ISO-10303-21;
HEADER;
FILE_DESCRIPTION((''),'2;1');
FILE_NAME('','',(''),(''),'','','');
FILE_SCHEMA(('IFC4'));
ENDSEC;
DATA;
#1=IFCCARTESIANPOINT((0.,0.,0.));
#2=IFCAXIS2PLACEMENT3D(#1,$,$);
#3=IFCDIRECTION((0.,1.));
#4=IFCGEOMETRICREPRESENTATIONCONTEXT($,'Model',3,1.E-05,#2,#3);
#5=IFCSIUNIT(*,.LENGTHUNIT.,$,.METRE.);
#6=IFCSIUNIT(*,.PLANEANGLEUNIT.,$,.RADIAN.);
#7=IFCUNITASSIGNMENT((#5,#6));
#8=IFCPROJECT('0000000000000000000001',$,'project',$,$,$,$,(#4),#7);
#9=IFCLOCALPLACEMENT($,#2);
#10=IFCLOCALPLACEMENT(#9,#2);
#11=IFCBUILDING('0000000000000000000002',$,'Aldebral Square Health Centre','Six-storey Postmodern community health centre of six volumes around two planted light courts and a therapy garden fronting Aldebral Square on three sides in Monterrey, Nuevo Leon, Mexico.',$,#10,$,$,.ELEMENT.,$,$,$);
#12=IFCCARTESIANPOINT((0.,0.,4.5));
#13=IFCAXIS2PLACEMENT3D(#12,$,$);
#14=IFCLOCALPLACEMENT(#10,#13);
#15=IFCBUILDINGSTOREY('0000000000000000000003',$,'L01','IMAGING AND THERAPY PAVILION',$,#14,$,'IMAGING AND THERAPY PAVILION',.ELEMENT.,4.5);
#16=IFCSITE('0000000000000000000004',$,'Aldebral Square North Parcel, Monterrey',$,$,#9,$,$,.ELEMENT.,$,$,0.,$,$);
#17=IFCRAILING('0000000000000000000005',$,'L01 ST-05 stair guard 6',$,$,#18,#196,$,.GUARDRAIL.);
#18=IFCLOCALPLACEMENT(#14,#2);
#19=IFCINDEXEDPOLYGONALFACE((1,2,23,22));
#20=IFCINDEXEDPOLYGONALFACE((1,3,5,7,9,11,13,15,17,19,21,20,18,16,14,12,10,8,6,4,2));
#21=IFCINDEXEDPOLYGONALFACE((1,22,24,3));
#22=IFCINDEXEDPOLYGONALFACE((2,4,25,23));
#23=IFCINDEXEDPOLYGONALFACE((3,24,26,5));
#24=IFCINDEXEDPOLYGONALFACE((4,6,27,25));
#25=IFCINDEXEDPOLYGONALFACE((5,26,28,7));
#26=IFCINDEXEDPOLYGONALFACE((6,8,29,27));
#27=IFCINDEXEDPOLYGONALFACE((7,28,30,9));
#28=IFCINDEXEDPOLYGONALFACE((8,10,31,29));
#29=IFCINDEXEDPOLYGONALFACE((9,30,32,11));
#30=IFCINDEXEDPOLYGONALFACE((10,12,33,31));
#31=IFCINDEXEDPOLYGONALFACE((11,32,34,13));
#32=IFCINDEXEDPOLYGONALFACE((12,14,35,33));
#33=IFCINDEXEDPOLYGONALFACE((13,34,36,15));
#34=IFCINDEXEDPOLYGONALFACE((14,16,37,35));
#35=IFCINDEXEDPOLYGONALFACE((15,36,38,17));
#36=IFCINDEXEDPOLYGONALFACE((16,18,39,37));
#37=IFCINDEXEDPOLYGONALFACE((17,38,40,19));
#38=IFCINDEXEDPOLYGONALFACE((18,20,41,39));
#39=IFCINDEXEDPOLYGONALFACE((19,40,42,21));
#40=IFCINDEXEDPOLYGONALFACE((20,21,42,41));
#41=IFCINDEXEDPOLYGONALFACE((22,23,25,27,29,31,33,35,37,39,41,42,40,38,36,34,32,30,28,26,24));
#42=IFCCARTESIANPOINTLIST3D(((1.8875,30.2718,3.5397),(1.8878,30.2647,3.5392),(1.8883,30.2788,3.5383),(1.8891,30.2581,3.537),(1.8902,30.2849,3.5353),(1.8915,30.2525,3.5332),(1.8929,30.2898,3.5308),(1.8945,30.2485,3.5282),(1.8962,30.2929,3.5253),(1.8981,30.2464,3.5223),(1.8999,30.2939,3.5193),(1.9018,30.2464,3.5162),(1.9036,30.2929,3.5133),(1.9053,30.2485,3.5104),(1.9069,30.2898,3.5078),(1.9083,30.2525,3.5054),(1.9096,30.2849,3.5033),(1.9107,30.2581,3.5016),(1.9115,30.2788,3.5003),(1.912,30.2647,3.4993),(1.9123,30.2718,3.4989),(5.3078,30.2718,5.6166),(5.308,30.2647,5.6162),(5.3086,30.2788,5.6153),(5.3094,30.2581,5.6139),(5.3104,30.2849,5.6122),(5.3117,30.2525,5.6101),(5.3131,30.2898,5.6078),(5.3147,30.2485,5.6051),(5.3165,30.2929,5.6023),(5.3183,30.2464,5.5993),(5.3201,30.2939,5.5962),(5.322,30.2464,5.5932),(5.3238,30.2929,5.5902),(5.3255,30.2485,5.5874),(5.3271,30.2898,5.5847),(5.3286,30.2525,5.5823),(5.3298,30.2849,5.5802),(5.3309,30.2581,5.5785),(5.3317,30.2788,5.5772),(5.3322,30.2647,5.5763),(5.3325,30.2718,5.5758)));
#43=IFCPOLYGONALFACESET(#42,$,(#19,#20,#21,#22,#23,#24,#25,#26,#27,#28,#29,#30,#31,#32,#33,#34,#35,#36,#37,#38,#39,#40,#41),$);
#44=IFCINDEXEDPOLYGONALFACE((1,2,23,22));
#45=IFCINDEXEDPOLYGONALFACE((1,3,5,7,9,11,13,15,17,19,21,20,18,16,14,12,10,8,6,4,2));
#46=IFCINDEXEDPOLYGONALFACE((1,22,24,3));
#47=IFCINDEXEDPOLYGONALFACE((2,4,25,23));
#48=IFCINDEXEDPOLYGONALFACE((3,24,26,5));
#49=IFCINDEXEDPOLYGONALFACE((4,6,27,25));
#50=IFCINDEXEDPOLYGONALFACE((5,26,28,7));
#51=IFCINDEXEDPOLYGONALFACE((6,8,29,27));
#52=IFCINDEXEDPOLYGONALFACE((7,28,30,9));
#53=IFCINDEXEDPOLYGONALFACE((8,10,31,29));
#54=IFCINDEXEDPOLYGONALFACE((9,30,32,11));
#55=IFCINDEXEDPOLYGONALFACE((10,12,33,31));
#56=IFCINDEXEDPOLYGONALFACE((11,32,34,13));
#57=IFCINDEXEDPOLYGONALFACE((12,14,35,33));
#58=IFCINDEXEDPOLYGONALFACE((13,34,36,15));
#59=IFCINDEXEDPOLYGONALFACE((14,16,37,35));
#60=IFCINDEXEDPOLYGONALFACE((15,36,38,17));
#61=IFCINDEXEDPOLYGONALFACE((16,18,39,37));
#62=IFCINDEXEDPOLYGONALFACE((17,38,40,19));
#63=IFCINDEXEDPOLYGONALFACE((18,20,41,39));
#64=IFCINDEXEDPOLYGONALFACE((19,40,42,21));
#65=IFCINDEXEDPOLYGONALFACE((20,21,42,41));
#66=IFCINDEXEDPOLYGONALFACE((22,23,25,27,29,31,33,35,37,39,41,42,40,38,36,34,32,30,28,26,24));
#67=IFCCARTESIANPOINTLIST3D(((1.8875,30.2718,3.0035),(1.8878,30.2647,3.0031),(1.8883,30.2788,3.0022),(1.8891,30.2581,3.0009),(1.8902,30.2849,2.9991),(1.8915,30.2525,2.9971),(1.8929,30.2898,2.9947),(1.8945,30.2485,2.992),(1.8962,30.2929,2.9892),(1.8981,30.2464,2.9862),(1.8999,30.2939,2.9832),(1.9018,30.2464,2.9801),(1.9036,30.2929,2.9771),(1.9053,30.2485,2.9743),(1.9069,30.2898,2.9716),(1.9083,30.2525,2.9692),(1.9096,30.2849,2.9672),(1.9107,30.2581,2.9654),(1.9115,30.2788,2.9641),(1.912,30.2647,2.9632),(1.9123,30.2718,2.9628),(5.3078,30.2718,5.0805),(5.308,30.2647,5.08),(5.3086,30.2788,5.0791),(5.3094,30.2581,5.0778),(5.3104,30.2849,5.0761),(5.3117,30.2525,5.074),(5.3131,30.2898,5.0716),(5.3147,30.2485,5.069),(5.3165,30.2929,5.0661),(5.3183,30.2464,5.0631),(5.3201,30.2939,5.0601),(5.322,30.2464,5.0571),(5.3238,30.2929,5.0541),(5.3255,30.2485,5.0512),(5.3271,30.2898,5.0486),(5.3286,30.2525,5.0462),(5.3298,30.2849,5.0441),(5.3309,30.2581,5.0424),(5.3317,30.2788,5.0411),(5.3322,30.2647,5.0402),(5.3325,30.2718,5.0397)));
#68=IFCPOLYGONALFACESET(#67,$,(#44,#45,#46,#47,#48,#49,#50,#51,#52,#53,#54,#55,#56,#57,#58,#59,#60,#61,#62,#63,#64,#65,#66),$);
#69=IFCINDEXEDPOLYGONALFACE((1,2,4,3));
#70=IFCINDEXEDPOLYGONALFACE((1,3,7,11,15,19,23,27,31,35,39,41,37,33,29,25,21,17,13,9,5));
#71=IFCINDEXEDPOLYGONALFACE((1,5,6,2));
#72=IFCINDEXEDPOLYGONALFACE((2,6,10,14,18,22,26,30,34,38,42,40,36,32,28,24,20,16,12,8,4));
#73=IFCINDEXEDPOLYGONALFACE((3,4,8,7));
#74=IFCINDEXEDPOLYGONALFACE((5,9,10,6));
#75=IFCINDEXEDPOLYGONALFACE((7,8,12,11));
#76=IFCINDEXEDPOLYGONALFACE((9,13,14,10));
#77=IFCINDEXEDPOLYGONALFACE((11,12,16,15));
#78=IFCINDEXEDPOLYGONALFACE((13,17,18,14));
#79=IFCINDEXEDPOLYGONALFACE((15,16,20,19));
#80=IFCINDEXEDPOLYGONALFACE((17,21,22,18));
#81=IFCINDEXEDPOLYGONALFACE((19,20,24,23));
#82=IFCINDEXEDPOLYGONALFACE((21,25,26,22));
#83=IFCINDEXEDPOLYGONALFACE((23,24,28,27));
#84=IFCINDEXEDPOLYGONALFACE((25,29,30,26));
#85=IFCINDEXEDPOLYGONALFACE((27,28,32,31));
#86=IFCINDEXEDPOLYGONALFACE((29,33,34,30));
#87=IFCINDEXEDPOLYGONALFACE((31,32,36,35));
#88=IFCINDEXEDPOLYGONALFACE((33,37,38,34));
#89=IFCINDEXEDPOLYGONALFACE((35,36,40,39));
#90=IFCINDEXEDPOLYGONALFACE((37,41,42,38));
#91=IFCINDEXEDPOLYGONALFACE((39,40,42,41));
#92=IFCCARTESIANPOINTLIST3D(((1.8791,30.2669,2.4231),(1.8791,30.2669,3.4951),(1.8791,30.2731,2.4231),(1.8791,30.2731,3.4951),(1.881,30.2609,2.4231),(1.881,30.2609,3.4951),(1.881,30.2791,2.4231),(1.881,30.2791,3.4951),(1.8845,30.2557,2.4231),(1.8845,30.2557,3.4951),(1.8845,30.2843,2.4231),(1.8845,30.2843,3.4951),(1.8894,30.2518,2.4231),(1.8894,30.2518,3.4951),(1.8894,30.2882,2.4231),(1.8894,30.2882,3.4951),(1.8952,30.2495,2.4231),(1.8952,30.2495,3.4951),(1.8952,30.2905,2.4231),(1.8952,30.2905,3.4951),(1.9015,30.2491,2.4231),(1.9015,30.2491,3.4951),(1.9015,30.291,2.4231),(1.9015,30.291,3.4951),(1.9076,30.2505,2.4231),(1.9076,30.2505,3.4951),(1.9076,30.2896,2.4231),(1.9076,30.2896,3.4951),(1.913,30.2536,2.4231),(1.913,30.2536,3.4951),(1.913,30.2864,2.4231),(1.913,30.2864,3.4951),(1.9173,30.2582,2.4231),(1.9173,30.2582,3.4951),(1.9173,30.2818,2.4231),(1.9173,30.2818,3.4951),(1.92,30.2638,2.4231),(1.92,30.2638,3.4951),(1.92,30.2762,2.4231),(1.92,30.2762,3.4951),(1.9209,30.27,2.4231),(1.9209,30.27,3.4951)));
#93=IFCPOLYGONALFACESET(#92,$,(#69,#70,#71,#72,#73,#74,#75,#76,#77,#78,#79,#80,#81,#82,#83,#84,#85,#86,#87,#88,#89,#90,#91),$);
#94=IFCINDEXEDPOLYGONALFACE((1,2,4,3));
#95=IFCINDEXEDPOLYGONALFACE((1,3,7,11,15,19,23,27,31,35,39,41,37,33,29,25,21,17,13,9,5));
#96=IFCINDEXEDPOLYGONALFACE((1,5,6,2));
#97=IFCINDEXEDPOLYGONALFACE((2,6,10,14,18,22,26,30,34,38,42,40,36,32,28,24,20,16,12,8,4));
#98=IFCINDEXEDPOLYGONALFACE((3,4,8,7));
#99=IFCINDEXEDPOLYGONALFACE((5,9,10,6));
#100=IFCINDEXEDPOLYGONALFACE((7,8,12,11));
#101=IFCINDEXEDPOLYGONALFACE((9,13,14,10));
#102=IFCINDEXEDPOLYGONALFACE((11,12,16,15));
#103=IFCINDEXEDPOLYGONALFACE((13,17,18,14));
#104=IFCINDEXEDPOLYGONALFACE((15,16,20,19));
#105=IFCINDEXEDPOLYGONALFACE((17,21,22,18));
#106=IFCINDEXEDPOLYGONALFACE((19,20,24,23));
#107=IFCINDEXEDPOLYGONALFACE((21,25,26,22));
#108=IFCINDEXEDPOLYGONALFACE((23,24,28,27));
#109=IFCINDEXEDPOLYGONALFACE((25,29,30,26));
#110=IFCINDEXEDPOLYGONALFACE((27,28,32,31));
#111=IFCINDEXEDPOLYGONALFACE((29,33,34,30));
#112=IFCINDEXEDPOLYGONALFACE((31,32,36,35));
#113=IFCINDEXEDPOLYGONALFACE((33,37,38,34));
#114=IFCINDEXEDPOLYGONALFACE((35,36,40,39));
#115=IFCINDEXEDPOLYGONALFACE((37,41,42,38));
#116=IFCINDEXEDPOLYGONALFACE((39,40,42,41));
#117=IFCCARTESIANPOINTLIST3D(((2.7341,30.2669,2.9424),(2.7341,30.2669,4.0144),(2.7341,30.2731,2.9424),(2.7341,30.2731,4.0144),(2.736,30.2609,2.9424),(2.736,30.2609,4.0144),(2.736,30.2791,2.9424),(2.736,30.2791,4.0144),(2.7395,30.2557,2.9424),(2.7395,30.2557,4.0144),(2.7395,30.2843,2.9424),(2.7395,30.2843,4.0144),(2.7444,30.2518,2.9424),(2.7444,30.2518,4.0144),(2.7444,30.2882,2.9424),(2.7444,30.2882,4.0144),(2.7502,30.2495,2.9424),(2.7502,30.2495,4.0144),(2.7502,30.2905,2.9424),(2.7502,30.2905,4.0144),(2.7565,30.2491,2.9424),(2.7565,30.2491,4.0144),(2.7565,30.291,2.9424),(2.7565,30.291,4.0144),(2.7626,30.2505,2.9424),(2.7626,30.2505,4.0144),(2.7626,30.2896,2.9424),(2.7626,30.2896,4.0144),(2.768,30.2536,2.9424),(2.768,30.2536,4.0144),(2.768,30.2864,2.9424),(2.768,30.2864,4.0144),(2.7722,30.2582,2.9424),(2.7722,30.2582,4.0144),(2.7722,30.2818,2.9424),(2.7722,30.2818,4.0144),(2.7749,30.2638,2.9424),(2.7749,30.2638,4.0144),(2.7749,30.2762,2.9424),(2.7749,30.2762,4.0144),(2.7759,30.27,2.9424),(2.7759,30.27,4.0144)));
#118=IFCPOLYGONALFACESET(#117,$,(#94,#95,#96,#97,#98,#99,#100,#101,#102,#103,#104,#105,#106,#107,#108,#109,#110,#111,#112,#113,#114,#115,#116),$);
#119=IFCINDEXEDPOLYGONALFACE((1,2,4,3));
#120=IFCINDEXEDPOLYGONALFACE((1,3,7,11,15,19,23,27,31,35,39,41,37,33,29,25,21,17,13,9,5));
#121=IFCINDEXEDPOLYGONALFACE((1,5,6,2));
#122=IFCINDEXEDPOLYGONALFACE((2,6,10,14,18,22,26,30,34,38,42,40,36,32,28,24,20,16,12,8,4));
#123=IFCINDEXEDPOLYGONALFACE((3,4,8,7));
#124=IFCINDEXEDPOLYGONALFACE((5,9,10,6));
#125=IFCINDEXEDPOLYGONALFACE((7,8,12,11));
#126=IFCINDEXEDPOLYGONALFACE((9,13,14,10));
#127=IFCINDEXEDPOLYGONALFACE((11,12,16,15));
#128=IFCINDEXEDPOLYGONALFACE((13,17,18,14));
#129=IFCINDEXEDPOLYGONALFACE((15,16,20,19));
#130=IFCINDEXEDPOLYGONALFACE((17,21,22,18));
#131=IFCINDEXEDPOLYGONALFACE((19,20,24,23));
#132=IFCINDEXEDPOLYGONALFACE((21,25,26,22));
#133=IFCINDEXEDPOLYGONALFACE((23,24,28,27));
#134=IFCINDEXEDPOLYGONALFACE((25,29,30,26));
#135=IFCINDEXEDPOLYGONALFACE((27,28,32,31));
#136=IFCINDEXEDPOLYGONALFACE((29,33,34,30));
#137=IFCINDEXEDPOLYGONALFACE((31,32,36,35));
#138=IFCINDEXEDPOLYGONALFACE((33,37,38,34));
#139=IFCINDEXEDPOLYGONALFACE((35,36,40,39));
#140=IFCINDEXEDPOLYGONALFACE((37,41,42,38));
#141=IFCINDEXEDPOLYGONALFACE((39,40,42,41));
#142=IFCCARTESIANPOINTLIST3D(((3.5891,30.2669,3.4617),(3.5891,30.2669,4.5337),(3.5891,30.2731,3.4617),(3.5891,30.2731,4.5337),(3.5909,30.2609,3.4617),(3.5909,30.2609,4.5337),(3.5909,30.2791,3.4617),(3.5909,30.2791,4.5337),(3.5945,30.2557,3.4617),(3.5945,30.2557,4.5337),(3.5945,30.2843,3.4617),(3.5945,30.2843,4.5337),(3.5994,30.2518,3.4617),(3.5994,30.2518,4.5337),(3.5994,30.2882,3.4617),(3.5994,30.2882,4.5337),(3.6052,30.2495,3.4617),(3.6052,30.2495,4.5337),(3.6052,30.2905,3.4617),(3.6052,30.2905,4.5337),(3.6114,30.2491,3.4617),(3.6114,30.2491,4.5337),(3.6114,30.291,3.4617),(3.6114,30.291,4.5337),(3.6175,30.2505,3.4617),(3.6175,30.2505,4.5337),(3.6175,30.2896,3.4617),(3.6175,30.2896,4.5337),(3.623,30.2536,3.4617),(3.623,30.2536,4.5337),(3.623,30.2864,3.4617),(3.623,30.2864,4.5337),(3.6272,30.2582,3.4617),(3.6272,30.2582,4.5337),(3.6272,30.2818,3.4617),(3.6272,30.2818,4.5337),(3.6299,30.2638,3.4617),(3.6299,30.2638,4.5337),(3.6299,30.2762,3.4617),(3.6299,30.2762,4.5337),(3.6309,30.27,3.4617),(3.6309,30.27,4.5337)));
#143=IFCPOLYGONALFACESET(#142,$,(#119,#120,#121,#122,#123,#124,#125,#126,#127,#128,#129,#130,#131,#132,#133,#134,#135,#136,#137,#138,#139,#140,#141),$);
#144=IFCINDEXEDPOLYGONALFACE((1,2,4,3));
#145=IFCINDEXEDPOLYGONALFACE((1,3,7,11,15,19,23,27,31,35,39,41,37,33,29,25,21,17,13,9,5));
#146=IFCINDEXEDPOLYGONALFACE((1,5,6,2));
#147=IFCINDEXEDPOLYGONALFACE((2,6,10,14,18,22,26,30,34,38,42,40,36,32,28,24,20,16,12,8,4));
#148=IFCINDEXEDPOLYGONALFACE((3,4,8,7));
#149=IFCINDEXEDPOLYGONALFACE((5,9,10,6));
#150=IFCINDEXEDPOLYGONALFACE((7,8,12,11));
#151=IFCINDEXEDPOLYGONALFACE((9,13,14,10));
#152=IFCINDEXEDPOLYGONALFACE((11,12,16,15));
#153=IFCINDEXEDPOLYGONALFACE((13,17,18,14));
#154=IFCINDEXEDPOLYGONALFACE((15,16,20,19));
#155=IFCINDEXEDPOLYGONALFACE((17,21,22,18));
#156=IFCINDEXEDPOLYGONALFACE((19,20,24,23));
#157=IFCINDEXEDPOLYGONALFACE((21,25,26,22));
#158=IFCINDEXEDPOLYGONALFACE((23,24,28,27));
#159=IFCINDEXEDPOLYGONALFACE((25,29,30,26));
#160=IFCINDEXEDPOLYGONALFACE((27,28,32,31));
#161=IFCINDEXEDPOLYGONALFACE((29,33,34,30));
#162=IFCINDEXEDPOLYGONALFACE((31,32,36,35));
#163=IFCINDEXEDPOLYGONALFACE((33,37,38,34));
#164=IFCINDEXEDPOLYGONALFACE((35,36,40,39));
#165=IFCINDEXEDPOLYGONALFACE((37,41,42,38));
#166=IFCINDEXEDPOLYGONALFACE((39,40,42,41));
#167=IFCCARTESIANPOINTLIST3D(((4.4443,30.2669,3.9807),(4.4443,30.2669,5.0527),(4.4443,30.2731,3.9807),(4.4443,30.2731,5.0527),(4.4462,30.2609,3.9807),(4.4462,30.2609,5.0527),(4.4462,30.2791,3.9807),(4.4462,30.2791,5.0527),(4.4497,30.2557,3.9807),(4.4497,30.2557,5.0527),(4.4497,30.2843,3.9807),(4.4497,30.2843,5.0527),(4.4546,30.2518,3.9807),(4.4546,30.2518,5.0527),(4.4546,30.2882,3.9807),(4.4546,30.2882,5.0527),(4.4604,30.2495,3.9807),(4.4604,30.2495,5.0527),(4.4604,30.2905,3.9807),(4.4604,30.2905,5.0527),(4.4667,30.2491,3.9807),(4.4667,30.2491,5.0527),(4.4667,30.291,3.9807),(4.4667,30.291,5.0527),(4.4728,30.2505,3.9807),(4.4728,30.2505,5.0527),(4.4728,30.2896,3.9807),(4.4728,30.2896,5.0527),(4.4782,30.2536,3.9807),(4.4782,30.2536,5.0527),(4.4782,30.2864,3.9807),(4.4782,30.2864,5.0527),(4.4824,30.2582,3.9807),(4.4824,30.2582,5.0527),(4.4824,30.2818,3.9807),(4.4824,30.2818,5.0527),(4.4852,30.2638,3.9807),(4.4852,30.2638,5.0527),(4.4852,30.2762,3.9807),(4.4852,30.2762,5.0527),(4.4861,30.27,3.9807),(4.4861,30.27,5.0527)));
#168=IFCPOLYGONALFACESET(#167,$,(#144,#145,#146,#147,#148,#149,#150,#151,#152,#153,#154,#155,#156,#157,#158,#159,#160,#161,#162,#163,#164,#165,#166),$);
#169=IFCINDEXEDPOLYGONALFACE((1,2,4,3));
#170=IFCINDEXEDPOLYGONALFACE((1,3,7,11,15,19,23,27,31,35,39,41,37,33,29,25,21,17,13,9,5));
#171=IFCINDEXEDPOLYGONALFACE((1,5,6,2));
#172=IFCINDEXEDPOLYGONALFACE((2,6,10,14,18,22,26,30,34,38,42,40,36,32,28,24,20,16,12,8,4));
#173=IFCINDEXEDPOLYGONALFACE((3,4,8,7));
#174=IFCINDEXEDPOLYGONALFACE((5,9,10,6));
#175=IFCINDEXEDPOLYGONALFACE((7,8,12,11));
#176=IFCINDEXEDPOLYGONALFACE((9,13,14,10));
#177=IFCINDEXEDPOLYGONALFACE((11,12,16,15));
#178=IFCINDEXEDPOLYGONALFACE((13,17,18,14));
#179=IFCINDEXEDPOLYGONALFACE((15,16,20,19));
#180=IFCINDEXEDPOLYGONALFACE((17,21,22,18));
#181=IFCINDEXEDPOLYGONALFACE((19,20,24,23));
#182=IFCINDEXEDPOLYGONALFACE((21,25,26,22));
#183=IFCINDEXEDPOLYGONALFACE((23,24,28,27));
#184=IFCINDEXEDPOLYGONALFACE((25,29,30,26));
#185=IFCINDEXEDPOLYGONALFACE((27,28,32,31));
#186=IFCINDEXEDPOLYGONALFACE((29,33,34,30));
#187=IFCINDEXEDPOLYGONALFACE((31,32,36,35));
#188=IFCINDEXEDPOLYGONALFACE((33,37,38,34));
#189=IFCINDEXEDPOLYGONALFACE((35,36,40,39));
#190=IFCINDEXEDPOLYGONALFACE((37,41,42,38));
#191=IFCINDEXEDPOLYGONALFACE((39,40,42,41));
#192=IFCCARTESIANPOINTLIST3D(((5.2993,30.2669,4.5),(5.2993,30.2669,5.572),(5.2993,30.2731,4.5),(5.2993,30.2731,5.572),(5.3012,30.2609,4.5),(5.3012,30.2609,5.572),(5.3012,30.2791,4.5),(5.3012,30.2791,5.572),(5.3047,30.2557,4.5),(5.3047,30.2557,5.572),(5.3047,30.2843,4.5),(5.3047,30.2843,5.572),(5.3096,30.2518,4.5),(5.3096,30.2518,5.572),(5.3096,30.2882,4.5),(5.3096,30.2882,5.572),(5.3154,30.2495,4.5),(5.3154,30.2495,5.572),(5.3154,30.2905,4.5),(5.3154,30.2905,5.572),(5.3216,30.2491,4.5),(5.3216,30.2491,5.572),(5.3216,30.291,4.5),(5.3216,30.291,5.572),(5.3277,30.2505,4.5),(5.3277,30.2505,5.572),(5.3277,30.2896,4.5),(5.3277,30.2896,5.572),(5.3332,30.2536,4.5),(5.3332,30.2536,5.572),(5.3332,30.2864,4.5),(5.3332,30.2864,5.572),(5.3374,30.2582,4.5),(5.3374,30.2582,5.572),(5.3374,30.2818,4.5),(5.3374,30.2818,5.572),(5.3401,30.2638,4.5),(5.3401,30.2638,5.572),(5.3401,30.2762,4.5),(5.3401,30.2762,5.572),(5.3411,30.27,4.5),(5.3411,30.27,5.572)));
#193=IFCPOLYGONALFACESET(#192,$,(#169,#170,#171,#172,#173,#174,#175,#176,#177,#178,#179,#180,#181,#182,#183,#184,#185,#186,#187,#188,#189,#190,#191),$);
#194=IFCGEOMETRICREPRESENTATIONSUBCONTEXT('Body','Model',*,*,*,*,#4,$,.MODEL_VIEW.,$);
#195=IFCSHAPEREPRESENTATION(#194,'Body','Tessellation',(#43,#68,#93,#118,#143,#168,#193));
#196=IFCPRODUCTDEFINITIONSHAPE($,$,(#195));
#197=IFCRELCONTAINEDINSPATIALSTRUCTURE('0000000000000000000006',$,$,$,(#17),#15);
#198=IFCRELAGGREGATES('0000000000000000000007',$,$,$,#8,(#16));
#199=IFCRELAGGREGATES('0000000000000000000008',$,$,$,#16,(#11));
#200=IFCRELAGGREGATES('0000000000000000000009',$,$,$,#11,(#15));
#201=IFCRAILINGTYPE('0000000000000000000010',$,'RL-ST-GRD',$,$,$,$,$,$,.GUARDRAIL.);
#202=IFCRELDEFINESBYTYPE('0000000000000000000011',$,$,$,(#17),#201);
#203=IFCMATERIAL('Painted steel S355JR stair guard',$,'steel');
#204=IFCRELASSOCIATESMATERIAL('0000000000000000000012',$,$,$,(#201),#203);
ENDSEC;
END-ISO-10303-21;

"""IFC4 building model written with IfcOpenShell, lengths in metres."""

from ifc_helpers import new_model, si_unit, direction, frame, origin, origin_2d, place, context, subcontext, project, spatial, circle, extrude, material, type_object, element, save


model = new_model("IFC4")

# Units and contexts
model_context = context("Model", 3, precision=1e-05, world=origin(), true_north=direction((0.0, 1.0)))
body_context = subcontext(model_context, "Body", "Model", "MODEL_VIEW")
ifc_project = project(units=[si_unit("LENGTHUNIT", "METRE"), si_unit("PLANEANGLEUNIT", "RADIAN")], contexts=[model_context])

# Site, building, storey
site_placement = place(None, origin())
site = spatial("IfcSite", under=ifc_project, at=site_placement, Name="Aldebral Square North Parcel, Monterrey", CompositionType="ELEMENT", RefElevation=0.0)
building_placement = place(site_placement, origin())
building = spatial("IfcBuilding", under=site, at=building_placement, Name="Aldebral Square Health Centre", Description="Six-storey Postmodern community health centre of six volumes around two planted light courts and a therapy garden fronting Aldebral Square on three sides in Monterrey, Nuevo Leon, Mexico.", CompositionType="ELEMENT")
storey_placement = place(building_placement, frame((0.0, 0.0, 4.5)))
storey = spatial("IfcBuildingStorey", under=building, at=storey_placement, Name="L01", Description="IMAGING AND THERAPY PAVILION", LongName="IMAGING AND THERAPY PAVILION", CompositionType="ELEMENT", Elevation=4.5)

# Railing
ifc_material_1 = material(Name="Painted steel S355JR stair guard", Category="steel")
railing_type_1 = type_object("IfcRailingType", Name="RL-ST-GRD", PredefinedType="GUARDRAIL", material=ifc_material_1)
railing_1_placement = place(storey_placement, frame((1.8999, 30.27, 2.4231)))
element("IfcRailing", 1, at=railing_1_placement, inside=storey, type_object=railing_type_1, Name="L01 ST-05 stair guard 6", PredefinedType="GUARDRAIL", context=body_context, shape_type="SweptSolid", body=[
    extrude(circle(Radius=0.0239, at=origin_2d()), frame((0.0, 0.0, 1.0962), z_axis=(0.854746, 0.0, 0.519047), x_axis=(0.0, 1.0, 0.0)), (0.0, 0.0, 1.0), 4.0015),
    extrude(circle(Radius=0.0239, at=origin_2d()), frame((0.0, 0.0, 0.5601), z_axis=(0.854746, 0.0, 0.519047), x_axis=(0.0, 1.0, 0.0)), (0.0, 0.0, 1.0), 4.0015),
    extrude(circle(Radius=0.021, at=origin_2d()), origin(), (0.0, 0.0, 1.0), 1.072),
    extrude(circle(Radius=0.021, at=origin_2d()), frame((0.855, 0.0, 0.5193)), (0.0, 0.0, 1.0), 1.072),
    extrude(circle(Radius=0.021, at=origin_2d()), frame((1.71, 0.0, 1.0386)), (0.0, 0.0, 1.0), 1.072),
    extrude(circle(Radius=0.021, at=origin_2d()), frame((2.5652, 0.0, 1.5576)), (0.0, 0.0, 1.0), 1.072),
    extrude(circle(Radius=0.021, at=origin_2d()), frame((3.4202, 0.0, 2.0769)), (0.0, 0.0, 1.0), 1.072),
])

save(model, "model.ifc")
